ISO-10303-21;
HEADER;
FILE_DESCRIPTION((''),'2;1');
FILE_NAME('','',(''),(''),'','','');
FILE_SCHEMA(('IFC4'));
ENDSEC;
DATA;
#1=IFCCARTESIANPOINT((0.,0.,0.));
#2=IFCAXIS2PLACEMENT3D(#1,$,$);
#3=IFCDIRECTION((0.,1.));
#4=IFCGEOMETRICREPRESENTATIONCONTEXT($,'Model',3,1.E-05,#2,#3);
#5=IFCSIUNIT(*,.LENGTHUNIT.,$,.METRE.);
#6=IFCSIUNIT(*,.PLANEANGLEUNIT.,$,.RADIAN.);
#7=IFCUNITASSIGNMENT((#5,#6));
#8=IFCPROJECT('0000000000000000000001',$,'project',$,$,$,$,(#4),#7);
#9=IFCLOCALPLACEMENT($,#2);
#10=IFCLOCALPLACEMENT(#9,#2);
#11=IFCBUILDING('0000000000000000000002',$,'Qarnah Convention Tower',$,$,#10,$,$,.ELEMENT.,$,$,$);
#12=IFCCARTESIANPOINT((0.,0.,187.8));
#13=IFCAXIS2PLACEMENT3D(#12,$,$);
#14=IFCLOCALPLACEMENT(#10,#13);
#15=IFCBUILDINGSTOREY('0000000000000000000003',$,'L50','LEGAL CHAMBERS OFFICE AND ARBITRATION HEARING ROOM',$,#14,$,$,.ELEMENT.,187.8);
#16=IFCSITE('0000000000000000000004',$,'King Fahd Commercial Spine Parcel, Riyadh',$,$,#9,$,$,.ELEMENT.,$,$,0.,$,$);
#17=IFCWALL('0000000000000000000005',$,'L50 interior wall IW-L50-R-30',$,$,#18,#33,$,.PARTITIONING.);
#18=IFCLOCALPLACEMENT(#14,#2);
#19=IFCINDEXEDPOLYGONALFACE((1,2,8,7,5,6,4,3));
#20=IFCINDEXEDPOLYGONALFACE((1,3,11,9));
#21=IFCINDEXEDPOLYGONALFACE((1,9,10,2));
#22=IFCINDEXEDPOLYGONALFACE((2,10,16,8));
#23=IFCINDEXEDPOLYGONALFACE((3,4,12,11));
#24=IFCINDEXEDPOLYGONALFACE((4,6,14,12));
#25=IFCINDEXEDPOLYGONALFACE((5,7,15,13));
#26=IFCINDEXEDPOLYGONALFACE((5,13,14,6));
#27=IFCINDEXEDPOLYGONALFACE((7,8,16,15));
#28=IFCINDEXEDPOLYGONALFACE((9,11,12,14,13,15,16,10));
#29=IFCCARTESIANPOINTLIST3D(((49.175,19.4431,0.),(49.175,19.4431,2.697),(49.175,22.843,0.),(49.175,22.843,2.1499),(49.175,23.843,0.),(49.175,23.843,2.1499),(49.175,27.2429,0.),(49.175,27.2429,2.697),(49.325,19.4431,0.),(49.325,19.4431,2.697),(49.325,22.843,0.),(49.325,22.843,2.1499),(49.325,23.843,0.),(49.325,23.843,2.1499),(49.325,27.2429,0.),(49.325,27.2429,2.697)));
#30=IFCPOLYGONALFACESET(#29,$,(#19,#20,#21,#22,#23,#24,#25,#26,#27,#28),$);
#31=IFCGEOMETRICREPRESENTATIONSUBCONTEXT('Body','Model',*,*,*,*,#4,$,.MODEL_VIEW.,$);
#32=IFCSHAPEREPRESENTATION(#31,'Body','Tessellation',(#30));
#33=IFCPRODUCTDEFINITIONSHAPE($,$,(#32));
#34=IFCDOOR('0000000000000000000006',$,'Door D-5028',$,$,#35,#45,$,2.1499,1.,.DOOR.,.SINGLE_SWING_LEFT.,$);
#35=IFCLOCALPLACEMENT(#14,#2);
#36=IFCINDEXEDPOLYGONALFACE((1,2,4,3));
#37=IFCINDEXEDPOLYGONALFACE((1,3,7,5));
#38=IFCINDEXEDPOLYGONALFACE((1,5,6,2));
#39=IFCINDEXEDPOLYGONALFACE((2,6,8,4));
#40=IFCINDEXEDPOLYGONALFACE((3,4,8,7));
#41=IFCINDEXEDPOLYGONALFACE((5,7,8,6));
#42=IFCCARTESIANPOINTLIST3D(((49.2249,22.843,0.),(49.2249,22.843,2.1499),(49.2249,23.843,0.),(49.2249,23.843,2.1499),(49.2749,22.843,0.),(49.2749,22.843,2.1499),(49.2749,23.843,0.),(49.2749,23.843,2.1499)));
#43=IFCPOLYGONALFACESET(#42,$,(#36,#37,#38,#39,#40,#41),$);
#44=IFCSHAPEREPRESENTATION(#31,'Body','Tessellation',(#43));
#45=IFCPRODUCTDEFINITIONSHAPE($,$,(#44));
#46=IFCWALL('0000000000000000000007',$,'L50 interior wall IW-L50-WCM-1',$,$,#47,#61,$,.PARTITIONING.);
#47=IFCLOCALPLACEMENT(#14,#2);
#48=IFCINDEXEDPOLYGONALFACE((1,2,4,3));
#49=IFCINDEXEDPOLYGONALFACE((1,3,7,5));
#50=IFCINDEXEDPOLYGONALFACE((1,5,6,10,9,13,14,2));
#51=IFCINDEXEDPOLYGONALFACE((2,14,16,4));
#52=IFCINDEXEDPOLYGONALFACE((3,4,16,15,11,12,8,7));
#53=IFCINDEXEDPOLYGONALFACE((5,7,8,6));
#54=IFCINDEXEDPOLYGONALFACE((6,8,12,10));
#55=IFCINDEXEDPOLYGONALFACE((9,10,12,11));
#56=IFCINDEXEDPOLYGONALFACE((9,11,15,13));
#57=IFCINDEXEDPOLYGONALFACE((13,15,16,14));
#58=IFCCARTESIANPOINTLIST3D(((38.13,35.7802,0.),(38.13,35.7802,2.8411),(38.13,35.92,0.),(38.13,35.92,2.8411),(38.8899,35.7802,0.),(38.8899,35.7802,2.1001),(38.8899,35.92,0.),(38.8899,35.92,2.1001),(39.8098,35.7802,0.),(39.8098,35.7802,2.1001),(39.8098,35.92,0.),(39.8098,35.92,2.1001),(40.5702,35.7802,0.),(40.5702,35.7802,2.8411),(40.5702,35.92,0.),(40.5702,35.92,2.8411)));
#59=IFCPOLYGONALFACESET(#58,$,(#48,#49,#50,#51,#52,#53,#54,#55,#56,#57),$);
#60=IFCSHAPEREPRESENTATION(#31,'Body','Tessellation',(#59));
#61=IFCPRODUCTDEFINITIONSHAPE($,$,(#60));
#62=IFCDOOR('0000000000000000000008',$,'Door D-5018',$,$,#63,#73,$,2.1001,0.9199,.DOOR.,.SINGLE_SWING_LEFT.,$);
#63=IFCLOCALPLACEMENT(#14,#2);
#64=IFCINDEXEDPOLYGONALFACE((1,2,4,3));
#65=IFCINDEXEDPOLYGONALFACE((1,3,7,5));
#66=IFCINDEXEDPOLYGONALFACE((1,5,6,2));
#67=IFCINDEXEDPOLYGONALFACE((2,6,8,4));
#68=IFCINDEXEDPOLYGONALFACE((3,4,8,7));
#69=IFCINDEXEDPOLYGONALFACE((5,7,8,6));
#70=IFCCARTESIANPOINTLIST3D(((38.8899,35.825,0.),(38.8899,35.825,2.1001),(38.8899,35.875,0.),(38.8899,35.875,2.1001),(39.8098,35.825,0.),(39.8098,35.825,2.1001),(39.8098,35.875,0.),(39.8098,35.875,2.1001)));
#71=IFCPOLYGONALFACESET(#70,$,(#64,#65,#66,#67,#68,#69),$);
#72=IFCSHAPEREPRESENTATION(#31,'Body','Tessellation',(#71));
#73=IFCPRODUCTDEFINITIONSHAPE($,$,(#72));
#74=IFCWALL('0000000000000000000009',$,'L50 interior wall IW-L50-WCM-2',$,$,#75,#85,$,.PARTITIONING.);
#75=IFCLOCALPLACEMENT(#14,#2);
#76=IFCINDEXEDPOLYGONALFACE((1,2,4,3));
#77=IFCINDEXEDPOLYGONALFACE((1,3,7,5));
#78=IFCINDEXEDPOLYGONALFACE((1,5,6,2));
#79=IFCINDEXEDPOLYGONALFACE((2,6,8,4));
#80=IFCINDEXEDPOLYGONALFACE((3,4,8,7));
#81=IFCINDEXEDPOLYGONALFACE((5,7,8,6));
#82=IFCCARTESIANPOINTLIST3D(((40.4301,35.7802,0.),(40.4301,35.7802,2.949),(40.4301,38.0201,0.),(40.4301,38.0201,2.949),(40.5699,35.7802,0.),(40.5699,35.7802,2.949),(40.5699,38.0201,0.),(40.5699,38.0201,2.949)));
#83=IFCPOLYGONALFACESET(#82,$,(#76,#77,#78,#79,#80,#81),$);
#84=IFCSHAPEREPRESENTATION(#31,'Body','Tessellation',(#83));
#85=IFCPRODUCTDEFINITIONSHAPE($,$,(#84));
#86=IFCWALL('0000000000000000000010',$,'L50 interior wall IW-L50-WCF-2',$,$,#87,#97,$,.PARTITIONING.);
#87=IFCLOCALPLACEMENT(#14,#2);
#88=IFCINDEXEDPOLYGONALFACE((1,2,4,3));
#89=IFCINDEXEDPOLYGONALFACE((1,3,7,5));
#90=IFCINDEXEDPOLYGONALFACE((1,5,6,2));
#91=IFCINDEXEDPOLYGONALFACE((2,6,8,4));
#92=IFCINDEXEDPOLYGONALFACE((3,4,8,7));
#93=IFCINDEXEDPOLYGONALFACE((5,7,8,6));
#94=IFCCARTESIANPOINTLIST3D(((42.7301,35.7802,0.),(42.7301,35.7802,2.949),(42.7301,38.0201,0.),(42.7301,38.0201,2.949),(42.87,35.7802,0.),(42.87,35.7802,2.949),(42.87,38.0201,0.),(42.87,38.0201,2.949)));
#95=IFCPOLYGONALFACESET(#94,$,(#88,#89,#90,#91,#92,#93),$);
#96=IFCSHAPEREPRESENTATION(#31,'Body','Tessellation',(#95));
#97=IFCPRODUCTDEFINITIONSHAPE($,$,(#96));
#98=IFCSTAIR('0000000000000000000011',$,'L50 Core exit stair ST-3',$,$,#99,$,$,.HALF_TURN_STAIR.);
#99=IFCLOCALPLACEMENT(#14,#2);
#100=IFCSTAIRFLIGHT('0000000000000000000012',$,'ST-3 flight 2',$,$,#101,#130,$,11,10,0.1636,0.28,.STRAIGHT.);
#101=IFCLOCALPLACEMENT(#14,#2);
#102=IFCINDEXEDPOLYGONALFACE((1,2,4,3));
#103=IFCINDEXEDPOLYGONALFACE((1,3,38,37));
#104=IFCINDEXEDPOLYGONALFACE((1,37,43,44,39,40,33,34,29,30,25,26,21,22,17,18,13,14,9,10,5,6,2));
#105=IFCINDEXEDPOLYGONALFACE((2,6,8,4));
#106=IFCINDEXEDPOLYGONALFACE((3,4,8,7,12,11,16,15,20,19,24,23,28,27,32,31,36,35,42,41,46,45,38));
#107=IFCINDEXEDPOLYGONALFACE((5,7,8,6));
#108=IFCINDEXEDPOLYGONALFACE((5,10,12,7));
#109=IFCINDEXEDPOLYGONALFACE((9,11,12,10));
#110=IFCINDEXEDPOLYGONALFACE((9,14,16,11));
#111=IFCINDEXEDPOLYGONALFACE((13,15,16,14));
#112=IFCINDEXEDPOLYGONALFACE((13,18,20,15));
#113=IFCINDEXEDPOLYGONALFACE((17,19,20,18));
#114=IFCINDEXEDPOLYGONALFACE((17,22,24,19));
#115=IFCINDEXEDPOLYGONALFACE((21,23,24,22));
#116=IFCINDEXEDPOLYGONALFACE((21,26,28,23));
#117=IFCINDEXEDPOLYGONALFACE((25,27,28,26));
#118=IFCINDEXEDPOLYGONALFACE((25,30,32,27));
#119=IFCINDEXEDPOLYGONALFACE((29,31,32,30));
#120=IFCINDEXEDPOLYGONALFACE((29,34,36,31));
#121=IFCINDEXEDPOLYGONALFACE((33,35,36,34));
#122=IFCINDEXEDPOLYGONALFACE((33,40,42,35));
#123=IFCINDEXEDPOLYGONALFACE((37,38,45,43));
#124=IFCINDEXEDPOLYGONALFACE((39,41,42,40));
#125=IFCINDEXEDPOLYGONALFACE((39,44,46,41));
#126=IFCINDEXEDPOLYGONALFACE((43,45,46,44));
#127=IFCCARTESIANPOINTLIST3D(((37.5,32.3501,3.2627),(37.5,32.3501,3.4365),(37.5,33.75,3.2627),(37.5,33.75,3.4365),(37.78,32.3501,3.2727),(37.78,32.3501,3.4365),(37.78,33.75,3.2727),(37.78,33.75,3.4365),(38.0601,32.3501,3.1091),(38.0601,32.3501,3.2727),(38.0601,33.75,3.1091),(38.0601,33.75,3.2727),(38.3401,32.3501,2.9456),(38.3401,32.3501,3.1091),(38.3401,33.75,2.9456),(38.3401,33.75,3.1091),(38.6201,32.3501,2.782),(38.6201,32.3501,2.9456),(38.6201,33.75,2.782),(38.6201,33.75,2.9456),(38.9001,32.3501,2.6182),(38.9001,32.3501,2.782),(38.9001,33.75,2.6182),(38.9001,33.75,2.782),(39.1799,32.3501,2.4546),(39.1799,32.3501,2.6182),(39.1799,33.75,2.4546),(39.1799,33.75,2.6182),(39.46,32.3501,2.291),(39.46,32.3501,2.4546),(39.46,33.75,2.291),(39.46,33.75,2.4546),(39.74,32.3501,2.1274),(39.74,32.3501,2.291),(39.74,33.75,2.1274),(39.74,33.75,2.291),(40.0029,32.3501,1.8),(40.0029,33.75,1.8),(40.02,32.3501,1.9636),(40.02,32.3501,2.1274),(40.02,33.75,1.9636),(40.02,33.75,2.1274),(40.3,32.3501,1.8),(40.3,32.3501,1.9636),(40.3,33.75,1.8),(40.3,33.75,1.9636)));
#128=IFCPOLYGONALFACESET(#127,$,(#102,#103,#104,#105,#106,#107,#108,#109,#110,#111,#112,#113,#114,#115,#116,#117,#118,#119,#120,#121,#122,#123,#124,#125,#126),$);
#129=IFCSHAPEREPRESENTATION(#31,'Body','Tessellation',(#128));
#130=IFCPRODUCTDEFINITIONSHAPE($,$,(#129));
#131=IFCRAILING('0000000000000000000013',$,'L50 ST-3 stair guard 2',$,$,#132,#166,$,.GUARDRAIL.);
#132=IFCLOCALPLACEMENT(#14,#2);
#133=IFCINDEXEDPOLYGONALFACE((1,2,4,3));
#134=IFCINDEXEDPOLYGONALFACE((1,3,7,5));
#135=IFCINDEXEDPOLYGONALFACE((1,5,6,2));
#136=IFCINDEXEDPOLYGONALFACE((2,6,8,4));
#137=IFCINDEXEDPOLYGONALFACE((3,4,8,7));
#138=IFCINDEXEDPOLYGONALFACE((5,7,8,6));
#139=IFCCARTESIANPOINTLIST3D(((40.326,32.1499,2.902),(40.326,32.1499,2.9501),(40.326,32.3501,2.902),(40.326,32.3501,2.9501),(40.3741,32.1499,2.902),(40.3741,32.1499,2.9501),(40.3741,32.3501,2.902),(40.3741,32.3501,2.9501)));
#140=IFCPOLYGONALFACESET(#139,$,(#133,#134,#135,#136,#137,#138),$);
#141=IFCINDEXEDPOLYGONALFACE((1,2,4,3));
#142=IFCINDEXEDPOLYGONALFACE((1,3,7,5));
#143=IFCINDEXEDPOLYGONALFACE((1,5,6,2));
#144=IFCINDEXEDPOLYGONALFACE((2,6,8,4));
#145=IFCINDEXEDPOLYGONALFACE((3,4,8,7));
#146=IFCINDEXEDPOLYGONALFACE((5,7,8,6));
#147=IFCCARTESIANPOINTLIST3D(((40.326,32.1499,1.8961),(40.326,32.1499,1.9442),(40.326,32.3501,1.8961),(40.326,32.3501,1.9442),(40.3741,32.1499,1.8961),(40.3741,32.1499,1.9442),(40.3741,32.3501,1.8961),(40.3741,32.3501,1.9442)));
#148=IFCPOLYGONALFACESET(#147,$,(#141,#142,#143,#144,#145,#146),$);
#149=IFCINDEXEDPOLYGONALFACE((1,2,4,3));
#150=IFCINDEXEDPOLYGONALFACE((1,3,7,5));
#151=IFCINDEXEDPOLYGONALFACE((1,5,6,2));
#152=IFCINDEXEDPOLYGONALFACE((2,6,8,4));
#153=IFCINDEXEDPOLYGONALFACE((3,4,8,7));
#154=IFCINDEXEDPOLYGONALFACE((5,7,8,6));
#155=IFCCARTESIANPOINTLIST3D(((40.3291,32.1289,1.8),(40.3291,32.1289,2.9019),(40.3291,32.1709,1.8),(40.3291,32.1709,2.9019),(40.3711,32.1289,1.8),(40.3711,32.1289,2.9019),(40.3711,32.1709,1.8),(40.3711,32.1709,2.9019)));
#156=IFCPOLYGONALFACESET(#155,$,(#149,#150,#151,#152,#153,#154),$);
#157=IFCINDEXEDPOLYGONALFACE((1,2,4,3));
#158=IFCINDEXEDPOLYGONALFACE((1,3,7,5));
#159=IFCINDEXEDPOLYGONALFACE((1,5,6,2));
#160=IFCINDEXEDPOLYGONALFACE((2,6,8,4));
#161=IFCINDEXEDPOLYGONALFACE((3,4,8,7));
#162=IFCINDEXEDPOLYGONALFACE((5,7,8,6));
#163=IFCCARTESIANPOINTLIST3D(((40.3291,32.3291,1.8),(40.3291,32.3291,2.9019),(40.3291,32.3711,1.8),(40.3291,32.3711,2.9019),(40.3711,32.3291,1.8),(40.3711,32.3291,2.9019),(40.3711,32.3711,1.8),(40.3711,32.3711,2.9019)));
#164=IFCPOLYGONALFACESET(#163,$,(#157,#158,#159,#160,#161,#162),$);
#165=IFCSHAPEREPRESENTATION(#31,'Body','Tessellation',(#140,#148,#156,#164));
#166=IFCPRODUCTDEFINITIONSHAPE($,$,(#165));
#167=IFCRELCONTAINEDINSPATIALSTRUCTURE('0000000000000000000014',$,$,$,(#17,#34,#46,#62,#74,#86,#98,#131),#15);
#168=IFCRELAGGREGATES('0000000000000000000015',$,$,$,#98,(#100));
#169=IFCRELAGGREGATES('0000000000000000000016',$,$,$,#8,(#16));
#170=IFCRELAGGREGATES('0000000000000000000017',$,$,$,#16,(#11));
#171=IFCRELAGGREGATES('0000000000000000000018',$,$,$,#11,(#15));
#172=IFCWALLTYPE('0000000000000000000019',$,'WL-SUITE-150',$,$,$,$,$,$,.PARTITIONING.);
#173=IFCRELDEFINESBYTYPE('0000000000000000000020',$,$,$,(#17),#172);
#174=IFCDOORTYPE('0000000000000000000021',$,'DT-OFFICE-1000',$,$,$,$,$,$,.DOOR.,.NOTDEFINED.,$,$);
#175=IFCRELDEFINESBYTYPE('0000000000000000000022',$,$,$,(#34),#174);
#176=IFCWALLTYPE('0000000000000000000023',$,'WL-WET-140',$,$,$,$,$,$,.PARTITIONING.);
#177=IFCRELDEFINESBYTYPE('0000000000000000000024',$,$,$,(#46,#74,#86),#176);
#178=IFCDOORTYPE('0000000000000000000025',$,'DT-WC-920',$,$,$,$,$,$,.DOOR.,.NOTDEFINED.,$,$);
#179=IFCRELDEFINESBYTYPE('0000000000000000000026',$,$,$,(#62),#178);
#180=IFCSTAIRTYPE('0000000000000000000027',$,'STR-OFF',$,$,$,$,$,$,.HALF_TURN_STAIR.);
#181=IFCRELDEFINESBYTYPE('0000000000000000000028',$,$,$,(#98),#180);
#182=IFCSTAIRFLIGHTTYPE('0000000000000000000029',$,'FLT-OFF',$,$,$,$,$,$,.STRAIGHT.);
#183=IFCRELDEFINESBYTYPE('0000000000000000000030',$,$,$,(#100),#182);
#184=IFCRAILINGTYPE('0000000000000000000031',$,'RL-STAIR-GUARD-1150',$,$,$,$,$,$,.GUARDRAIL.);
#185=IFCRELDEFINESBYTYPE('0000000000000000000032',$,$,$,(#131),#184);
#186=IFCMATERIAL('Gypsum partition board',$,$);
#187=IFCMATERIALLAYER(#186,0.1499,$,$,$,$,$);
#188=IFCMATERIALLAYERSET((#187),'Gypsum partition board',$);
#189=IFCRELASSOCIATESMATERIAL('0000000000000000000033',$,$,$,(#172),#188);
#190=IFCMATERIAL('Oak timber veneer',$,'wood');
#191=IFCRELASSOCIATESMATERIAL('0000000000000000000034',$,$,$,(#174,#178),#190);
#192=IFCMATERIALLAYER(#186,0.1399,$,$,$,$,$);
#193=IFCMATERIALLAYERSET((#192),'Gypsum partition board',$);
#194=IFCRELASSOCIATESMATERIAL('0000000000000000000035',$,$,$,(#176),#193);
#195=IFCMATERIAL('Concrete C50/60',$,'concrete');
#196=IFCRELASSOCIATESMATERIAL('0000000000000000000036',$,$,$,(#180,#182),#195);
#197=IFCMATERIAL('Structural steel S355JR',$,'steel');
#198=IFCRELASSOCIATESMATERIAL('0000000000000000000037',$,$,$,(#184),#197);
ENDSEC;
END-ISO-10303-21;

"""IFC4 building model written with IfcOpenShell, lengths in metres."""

from ifc_helpers import new_model, si_unit, direction, frame, frame_2d, origin, origin_2d, place, context, subcontext, project, spatial, polyline, rectangle, outline, extrude, material, layer, layer_set, type_object, element, fill, aggregate, save


model = new_model("IFC4")

# Units and contexts
model_context = context("Model", 3, precision=1e-05, world=origin(), true_north=direction((0.0, 1.0)))
body_context = subcontext(model_context, "Body", "Model", "MODEL_VIEW")
ifc_project = project(units=[si_unit("LENGTHUNIT", "METRE"), si_unit("PLANEANGLEUNIT", "RADIAN")], contexts=[model_context])

# Site, building, storey
site_placement = place(None, origin())
site = spatial("IfcSite", under=ifc_project, at=site_placement, Name="King Fahd Commercial Spine Parcel, Riyadh", CompositionType="ELEMENT", RefElevation=0.0)
building_placement = place(site_placement, origin())
building = spatial("IfcBuilding", under=site, at=building_placement, Name="Qarnah Convention Tower", CompositionType="ELEMENT")
storey_placement = place(building_placement, frame((0.0, 0.0, 187.8)))
storey = spatial("IfcBuildingStorey", under=building, at=storey_placement, Name="L50", Description="LEGAL CHAMBERS OFFICE AND ARBITRATION HEARING ROOM", CompositionType="ELEMENT", Elevation=187.8)

# Shared definitions
ifc_material_1 = material(Name="Concrete C50/60", Category="concrete")

# Shared definitions
ifc_material_2 = material(Name="Structural steel S355JR", Category="steel")

# Shared definitions
ifc_material_3 = material(Name="Gypsum partition board")
ifc_layer_1 = layer(ifc_material_3, 0.1499)
ifc_layer_set_1 = layer_set([ifc_layer_1], Name="Gypsum partition board")
wall_type_1 = type_object("IfcWallType", Name="WL-SUITE-150", PredefinedType="PARTITIONING", material=ifc_layer_set_1)

# Shared definitions
ifc_material_4 = material(Name="Oak timber veneer", Category="wood")
door_type_1 = type_object("IfcDoorType", Name="DT-OFFICE-1000", OperationType="NOTDEFINED", PredefinedType="DOOR", material=ifc_material_4)

# Walls, openings, doors
wall_1_placement = place(storey_placement, frame((49.25, 27.2429, 0.0), z_axis=(0.0, 0.0, 1.0), x_axis=(0.0, -1.0, 0.0)))
wall_1 = element("IfcWall", 1, at=wall_1_placement, inside=storey, type_object=wall_type_1, Name="L50 interior wall IW-L50-R-30", PredefinedType="PARTITIONING", context=body_context, shape_type="SweptSolid", body=[
    extrude(rectangle(XDim=7.7998, YDim=0.1499, at=frame_2d((3.8999, 0.0))), origin(), (0.0, 0.0, 1.0), 2.697),
])
opening_1_placement = place(wall_1_placement, frame((3.3999, 0.0, 0.0)))
opening_1 = element("IfcOpeningElement", 2, at=opening_1_placement, cuts=wall_1, PredefinedType="OPENING", context=body_context, shape_type="SweptSolid", body=[
    extrude(rectangle(XDim=1.0, YDim=2.1499, at=frame_2d((0.5, 1.075))), frame((0.0, 0.085, 0.0), z_axis=(0.0, -1.0, 0.0), x_axis=(1.0, 0.0, 0.0)), (0.0, 0.0, 1.0), 0.1699),
])
door_1_placement = place(opening_1_placement, origin())
door_1 = element("IfcDoor", 3, at=door_1_placement, inside=storey, type_object=door_type_1, Name="Door D-5028", OperationType="SINGLE_SWING_LEFT", OverallHeight=2.1499, OverallWidth=1.0, PredefinedType="DOOR", context=body_context, shape_type="SweptSolid", body=[
    extrude(rectangle(XDim=1.0, YDim=2.1499, at=frame_2d((0.5, 1.075))), frame((0.0, 0.0249, 0.0), z_axis=(0.0, -1.0, 0.0), x_axis=(1.0, 0.0, 0.0)), (0.0, 0.0, 1.0), 0.05),
])
fill(opening_1, door_1)
ifc_layer_2 = layer(ifc_material_3, 0.1399)
ifc_layer_set_2 = layer_set([ifc_layer_2], Name="Gypsum partition board")
wall_type_2 = type_object("IfcWallType", Name="WL-WET-140", PredefinedType="PARTITIONING", material=ifc_layer_set_2)
wall_2_placement = place(storey_placement, frame((38.1299, 35.8501, 0.0), z_axis=(0.0, 0.0, 1.0), x_axis=(1.0, 0.0, 0.0)))
wall_2 = element("IfcWall", 4, at=wall_2_placement, inside=storey, type_object=wall_type_2, Name="L50 interior wall IW-L50-WCM-1", PredefinedType="PARTITIONING", context=body_context, shape_type="SweptSolid", body=[
    extrude(rectangle(XDim=2.4402, YDim=0.1399, at=frame_2d((1.2202, 0.0))), origin(), (0.0, 0.0, 1.0), 2.8411),
])
opening_2_placement = place(wall_2_placement, frame((0.76, 0.0, 0.0)))
opening_2 = element("IfcOpeningElement", 5, at=opening_2_placement, cuts=wall_2, PredefinedType="OPENING", context=body_context, shape_type="SweptSolid", body=[
    extrude(rectangle(XDim=0.9199, YDim=2.1001, at=frame_2d((0.46, 1.05))), frame((0.0, 0.0798, 0.0), z_axis=(0.0, -1.0, 0.0), x_axis=(1.0, 0.0, 0.0)), (0.0, 0.0, 1.0), 0.1599),
])
door_type_2 = type_object("IfcDoorType", Name="DT-WC-920", OperationType="NOTDEFINED", PredefinedType="DOOR", material=ifc_material_4)
door_2_placement = place(opening_2_placement, origin())
door_2 = element("IfcDoor", 6, at=door_2_placement, inside=storey, type_object=door_type_2, Name="Door D-5018", OperationType="SINGLE_SWING_LEFT", OverallHeight=2.1001, OverallWidth=0.9199, PredefinedType="DOOR", context=body_context, shape_type="SweptSolid", body=[
    extrude(rectangle(XDim=0.9199, YDim=2.1001, at=frame_2d((0.46, 1.05))), frame((0.0, 0.0249, 0.0), z_axis=(0.0, -1.0, 0.0), x_axis=(1.0, 0.0, 0.0)), (0.0, 0.0, 1.0), 0.05),
])
fill(opening_2, door_2)

# Walls
for number, where, z_axis, x_axis, name in (
    (7, (40.5, 35.78, 0.0), (0.0, 0.0, 1.0), (0.0, 1.0, 0.0), "L50 interior wall IW-L50-WCM-2"),
    (8, (42.8, 35.78, 0.0), (0.0, 0.0, 1.0), (0.0, 1.0, 0.0), "L50 interior wall IW-L50-WCF-2"),
):
    element("IfcWall", number, at=place(storey_placement, frame(where, z_axis=z_axis, x_axis=x_axis)), inside=storey, type_object=wall_type_2, Name=name, PredefinedType="PARTITIONING", context=body_context, shape_type="SweptSolid", body=[
        extrude(rectangle(XDim=2.24, YDim=0.1399, at=frame_2d((1.1201, 0.0))), origin(), (0.0, 0.0, 1.0), 2.949),
    ])

# Stair, stair flight
stair_type = type_object("IfcStairType", Name="STR-OFF", PredefinedType="HALF_TURN_STAIR", material=ifc_material_1)
stair_placement = place(storey_placement, origin())
stair = element("IfcStair", 9, at=stair_placement, inside=storey, type_object=stair_type, Name="L50 Core exit stair ST-3", PredefinedType="HALF_TURN_STAIR")
stair_flight_type = type_object("IfcStairFlightType", Name="FLT-OFF", PredefinedType="STRAIGHT", material=ifc_material_1)
stair_flight_placement = place(storey_placement, frame((40.3, 33.05, 1.8), z_axis=(0.0, 0.0, 1.0), x_axis=(-1.0, 0.0, 0.0)))
stair_flight = element("IfcStairFlight", 10, at=stair_flight_placement, type_object=stair_flight_type, Name="ST-3 flight 2", NumberOfRisers=11, NumberOfTreads=10, PredefinedType="STRAIGHT", RiserHeight=0.1636, TreadLength=0.28, context=body_context, shape_type="SweptSolid", body=[
    extrude(outline(polyline([(0.0, 0.0), (0.0, 0.1636), (0.28, 0.1636), (0.28, 0.3274), (0.5601, 0.3274), (0.5601, 0.491), (0.8401, 0.491), (0.8401, 0.6545), (1.1201, 0.6545), (1.1201, 0.8181), (1.3999, 0.8181), (1.3999, 0.9819), (1.6799, 0.9819), (1.6799, 1.1455), (1.96, 1.1455), (1.96, 1.3091), (2.24, 1.3091), (2.24, 1.4727), (2.52, 1.4727), (2.52, 1.6365), (2.8, 1.6365), (2.8, 1.8), (2.8, 1.4626), (0.2971, 0.0), (0.0, 0.0)])), frame((0.0, 0.7, 0.0), z_axis=(0.0, -1.0, 0.0), x_axis=(1.0, 0.0, 0.0)), (0.0, 0.0, 1.0), 1.3999),
])
aggregate(stair, [stair_flight])

# Railing
railing_type_1 = type_object("IfcRailingType", Name="RL-STAIR-GUARD-1150", PredefinedType="GUARDRAIL", material=ifc_material_2)
railing_1_placement = place(storey_placement, frame((40.3501, 32.1499, 1.8)))
element("IfcRailing", 11, at=railing_1_placement, inside=storey, type_object=railing_type_1, Name="L50 ST-3 stair guard 2", PredefinedType="GUARDRAIL", context=body_context, shape_type="SweptSolid", body=[
    extrude(rectangle(XDim=0.0481, YDim=0.0481, at=origin_2d()), frame((0.0, 0.0, 1.126), z_axis=(0.0, 1.0, 0.0), x_axis=(-1.0, 0.0, 0.0)), (0.0, 0.0, 1.0), 0.2002),
    extrude(rectangle(XDim=0.0481, YDim=0.0481, at=origin_2d()), frame((0.0, 0.0, 0.1201), z_axis=(0.0, 1.0, 0.0), x_axis=(-1.0, 0.0, 0.0)), (0.0, 0.0, 1.0), 0.2002),
    extrude(rectangle(XDim=0.042, YDim=0.042, at=origin_2d()), origin(), (0.0, 0.0, 1.0), 1.1018),
    extrude(rectangle(XDim=0.042, YDim=0.042, at=origin_2d()), frame((0.0, 0.2002, 0.0)), (0.0, 0.0, 1.0), 1.1018),
])

save(model, "model.ifc")
